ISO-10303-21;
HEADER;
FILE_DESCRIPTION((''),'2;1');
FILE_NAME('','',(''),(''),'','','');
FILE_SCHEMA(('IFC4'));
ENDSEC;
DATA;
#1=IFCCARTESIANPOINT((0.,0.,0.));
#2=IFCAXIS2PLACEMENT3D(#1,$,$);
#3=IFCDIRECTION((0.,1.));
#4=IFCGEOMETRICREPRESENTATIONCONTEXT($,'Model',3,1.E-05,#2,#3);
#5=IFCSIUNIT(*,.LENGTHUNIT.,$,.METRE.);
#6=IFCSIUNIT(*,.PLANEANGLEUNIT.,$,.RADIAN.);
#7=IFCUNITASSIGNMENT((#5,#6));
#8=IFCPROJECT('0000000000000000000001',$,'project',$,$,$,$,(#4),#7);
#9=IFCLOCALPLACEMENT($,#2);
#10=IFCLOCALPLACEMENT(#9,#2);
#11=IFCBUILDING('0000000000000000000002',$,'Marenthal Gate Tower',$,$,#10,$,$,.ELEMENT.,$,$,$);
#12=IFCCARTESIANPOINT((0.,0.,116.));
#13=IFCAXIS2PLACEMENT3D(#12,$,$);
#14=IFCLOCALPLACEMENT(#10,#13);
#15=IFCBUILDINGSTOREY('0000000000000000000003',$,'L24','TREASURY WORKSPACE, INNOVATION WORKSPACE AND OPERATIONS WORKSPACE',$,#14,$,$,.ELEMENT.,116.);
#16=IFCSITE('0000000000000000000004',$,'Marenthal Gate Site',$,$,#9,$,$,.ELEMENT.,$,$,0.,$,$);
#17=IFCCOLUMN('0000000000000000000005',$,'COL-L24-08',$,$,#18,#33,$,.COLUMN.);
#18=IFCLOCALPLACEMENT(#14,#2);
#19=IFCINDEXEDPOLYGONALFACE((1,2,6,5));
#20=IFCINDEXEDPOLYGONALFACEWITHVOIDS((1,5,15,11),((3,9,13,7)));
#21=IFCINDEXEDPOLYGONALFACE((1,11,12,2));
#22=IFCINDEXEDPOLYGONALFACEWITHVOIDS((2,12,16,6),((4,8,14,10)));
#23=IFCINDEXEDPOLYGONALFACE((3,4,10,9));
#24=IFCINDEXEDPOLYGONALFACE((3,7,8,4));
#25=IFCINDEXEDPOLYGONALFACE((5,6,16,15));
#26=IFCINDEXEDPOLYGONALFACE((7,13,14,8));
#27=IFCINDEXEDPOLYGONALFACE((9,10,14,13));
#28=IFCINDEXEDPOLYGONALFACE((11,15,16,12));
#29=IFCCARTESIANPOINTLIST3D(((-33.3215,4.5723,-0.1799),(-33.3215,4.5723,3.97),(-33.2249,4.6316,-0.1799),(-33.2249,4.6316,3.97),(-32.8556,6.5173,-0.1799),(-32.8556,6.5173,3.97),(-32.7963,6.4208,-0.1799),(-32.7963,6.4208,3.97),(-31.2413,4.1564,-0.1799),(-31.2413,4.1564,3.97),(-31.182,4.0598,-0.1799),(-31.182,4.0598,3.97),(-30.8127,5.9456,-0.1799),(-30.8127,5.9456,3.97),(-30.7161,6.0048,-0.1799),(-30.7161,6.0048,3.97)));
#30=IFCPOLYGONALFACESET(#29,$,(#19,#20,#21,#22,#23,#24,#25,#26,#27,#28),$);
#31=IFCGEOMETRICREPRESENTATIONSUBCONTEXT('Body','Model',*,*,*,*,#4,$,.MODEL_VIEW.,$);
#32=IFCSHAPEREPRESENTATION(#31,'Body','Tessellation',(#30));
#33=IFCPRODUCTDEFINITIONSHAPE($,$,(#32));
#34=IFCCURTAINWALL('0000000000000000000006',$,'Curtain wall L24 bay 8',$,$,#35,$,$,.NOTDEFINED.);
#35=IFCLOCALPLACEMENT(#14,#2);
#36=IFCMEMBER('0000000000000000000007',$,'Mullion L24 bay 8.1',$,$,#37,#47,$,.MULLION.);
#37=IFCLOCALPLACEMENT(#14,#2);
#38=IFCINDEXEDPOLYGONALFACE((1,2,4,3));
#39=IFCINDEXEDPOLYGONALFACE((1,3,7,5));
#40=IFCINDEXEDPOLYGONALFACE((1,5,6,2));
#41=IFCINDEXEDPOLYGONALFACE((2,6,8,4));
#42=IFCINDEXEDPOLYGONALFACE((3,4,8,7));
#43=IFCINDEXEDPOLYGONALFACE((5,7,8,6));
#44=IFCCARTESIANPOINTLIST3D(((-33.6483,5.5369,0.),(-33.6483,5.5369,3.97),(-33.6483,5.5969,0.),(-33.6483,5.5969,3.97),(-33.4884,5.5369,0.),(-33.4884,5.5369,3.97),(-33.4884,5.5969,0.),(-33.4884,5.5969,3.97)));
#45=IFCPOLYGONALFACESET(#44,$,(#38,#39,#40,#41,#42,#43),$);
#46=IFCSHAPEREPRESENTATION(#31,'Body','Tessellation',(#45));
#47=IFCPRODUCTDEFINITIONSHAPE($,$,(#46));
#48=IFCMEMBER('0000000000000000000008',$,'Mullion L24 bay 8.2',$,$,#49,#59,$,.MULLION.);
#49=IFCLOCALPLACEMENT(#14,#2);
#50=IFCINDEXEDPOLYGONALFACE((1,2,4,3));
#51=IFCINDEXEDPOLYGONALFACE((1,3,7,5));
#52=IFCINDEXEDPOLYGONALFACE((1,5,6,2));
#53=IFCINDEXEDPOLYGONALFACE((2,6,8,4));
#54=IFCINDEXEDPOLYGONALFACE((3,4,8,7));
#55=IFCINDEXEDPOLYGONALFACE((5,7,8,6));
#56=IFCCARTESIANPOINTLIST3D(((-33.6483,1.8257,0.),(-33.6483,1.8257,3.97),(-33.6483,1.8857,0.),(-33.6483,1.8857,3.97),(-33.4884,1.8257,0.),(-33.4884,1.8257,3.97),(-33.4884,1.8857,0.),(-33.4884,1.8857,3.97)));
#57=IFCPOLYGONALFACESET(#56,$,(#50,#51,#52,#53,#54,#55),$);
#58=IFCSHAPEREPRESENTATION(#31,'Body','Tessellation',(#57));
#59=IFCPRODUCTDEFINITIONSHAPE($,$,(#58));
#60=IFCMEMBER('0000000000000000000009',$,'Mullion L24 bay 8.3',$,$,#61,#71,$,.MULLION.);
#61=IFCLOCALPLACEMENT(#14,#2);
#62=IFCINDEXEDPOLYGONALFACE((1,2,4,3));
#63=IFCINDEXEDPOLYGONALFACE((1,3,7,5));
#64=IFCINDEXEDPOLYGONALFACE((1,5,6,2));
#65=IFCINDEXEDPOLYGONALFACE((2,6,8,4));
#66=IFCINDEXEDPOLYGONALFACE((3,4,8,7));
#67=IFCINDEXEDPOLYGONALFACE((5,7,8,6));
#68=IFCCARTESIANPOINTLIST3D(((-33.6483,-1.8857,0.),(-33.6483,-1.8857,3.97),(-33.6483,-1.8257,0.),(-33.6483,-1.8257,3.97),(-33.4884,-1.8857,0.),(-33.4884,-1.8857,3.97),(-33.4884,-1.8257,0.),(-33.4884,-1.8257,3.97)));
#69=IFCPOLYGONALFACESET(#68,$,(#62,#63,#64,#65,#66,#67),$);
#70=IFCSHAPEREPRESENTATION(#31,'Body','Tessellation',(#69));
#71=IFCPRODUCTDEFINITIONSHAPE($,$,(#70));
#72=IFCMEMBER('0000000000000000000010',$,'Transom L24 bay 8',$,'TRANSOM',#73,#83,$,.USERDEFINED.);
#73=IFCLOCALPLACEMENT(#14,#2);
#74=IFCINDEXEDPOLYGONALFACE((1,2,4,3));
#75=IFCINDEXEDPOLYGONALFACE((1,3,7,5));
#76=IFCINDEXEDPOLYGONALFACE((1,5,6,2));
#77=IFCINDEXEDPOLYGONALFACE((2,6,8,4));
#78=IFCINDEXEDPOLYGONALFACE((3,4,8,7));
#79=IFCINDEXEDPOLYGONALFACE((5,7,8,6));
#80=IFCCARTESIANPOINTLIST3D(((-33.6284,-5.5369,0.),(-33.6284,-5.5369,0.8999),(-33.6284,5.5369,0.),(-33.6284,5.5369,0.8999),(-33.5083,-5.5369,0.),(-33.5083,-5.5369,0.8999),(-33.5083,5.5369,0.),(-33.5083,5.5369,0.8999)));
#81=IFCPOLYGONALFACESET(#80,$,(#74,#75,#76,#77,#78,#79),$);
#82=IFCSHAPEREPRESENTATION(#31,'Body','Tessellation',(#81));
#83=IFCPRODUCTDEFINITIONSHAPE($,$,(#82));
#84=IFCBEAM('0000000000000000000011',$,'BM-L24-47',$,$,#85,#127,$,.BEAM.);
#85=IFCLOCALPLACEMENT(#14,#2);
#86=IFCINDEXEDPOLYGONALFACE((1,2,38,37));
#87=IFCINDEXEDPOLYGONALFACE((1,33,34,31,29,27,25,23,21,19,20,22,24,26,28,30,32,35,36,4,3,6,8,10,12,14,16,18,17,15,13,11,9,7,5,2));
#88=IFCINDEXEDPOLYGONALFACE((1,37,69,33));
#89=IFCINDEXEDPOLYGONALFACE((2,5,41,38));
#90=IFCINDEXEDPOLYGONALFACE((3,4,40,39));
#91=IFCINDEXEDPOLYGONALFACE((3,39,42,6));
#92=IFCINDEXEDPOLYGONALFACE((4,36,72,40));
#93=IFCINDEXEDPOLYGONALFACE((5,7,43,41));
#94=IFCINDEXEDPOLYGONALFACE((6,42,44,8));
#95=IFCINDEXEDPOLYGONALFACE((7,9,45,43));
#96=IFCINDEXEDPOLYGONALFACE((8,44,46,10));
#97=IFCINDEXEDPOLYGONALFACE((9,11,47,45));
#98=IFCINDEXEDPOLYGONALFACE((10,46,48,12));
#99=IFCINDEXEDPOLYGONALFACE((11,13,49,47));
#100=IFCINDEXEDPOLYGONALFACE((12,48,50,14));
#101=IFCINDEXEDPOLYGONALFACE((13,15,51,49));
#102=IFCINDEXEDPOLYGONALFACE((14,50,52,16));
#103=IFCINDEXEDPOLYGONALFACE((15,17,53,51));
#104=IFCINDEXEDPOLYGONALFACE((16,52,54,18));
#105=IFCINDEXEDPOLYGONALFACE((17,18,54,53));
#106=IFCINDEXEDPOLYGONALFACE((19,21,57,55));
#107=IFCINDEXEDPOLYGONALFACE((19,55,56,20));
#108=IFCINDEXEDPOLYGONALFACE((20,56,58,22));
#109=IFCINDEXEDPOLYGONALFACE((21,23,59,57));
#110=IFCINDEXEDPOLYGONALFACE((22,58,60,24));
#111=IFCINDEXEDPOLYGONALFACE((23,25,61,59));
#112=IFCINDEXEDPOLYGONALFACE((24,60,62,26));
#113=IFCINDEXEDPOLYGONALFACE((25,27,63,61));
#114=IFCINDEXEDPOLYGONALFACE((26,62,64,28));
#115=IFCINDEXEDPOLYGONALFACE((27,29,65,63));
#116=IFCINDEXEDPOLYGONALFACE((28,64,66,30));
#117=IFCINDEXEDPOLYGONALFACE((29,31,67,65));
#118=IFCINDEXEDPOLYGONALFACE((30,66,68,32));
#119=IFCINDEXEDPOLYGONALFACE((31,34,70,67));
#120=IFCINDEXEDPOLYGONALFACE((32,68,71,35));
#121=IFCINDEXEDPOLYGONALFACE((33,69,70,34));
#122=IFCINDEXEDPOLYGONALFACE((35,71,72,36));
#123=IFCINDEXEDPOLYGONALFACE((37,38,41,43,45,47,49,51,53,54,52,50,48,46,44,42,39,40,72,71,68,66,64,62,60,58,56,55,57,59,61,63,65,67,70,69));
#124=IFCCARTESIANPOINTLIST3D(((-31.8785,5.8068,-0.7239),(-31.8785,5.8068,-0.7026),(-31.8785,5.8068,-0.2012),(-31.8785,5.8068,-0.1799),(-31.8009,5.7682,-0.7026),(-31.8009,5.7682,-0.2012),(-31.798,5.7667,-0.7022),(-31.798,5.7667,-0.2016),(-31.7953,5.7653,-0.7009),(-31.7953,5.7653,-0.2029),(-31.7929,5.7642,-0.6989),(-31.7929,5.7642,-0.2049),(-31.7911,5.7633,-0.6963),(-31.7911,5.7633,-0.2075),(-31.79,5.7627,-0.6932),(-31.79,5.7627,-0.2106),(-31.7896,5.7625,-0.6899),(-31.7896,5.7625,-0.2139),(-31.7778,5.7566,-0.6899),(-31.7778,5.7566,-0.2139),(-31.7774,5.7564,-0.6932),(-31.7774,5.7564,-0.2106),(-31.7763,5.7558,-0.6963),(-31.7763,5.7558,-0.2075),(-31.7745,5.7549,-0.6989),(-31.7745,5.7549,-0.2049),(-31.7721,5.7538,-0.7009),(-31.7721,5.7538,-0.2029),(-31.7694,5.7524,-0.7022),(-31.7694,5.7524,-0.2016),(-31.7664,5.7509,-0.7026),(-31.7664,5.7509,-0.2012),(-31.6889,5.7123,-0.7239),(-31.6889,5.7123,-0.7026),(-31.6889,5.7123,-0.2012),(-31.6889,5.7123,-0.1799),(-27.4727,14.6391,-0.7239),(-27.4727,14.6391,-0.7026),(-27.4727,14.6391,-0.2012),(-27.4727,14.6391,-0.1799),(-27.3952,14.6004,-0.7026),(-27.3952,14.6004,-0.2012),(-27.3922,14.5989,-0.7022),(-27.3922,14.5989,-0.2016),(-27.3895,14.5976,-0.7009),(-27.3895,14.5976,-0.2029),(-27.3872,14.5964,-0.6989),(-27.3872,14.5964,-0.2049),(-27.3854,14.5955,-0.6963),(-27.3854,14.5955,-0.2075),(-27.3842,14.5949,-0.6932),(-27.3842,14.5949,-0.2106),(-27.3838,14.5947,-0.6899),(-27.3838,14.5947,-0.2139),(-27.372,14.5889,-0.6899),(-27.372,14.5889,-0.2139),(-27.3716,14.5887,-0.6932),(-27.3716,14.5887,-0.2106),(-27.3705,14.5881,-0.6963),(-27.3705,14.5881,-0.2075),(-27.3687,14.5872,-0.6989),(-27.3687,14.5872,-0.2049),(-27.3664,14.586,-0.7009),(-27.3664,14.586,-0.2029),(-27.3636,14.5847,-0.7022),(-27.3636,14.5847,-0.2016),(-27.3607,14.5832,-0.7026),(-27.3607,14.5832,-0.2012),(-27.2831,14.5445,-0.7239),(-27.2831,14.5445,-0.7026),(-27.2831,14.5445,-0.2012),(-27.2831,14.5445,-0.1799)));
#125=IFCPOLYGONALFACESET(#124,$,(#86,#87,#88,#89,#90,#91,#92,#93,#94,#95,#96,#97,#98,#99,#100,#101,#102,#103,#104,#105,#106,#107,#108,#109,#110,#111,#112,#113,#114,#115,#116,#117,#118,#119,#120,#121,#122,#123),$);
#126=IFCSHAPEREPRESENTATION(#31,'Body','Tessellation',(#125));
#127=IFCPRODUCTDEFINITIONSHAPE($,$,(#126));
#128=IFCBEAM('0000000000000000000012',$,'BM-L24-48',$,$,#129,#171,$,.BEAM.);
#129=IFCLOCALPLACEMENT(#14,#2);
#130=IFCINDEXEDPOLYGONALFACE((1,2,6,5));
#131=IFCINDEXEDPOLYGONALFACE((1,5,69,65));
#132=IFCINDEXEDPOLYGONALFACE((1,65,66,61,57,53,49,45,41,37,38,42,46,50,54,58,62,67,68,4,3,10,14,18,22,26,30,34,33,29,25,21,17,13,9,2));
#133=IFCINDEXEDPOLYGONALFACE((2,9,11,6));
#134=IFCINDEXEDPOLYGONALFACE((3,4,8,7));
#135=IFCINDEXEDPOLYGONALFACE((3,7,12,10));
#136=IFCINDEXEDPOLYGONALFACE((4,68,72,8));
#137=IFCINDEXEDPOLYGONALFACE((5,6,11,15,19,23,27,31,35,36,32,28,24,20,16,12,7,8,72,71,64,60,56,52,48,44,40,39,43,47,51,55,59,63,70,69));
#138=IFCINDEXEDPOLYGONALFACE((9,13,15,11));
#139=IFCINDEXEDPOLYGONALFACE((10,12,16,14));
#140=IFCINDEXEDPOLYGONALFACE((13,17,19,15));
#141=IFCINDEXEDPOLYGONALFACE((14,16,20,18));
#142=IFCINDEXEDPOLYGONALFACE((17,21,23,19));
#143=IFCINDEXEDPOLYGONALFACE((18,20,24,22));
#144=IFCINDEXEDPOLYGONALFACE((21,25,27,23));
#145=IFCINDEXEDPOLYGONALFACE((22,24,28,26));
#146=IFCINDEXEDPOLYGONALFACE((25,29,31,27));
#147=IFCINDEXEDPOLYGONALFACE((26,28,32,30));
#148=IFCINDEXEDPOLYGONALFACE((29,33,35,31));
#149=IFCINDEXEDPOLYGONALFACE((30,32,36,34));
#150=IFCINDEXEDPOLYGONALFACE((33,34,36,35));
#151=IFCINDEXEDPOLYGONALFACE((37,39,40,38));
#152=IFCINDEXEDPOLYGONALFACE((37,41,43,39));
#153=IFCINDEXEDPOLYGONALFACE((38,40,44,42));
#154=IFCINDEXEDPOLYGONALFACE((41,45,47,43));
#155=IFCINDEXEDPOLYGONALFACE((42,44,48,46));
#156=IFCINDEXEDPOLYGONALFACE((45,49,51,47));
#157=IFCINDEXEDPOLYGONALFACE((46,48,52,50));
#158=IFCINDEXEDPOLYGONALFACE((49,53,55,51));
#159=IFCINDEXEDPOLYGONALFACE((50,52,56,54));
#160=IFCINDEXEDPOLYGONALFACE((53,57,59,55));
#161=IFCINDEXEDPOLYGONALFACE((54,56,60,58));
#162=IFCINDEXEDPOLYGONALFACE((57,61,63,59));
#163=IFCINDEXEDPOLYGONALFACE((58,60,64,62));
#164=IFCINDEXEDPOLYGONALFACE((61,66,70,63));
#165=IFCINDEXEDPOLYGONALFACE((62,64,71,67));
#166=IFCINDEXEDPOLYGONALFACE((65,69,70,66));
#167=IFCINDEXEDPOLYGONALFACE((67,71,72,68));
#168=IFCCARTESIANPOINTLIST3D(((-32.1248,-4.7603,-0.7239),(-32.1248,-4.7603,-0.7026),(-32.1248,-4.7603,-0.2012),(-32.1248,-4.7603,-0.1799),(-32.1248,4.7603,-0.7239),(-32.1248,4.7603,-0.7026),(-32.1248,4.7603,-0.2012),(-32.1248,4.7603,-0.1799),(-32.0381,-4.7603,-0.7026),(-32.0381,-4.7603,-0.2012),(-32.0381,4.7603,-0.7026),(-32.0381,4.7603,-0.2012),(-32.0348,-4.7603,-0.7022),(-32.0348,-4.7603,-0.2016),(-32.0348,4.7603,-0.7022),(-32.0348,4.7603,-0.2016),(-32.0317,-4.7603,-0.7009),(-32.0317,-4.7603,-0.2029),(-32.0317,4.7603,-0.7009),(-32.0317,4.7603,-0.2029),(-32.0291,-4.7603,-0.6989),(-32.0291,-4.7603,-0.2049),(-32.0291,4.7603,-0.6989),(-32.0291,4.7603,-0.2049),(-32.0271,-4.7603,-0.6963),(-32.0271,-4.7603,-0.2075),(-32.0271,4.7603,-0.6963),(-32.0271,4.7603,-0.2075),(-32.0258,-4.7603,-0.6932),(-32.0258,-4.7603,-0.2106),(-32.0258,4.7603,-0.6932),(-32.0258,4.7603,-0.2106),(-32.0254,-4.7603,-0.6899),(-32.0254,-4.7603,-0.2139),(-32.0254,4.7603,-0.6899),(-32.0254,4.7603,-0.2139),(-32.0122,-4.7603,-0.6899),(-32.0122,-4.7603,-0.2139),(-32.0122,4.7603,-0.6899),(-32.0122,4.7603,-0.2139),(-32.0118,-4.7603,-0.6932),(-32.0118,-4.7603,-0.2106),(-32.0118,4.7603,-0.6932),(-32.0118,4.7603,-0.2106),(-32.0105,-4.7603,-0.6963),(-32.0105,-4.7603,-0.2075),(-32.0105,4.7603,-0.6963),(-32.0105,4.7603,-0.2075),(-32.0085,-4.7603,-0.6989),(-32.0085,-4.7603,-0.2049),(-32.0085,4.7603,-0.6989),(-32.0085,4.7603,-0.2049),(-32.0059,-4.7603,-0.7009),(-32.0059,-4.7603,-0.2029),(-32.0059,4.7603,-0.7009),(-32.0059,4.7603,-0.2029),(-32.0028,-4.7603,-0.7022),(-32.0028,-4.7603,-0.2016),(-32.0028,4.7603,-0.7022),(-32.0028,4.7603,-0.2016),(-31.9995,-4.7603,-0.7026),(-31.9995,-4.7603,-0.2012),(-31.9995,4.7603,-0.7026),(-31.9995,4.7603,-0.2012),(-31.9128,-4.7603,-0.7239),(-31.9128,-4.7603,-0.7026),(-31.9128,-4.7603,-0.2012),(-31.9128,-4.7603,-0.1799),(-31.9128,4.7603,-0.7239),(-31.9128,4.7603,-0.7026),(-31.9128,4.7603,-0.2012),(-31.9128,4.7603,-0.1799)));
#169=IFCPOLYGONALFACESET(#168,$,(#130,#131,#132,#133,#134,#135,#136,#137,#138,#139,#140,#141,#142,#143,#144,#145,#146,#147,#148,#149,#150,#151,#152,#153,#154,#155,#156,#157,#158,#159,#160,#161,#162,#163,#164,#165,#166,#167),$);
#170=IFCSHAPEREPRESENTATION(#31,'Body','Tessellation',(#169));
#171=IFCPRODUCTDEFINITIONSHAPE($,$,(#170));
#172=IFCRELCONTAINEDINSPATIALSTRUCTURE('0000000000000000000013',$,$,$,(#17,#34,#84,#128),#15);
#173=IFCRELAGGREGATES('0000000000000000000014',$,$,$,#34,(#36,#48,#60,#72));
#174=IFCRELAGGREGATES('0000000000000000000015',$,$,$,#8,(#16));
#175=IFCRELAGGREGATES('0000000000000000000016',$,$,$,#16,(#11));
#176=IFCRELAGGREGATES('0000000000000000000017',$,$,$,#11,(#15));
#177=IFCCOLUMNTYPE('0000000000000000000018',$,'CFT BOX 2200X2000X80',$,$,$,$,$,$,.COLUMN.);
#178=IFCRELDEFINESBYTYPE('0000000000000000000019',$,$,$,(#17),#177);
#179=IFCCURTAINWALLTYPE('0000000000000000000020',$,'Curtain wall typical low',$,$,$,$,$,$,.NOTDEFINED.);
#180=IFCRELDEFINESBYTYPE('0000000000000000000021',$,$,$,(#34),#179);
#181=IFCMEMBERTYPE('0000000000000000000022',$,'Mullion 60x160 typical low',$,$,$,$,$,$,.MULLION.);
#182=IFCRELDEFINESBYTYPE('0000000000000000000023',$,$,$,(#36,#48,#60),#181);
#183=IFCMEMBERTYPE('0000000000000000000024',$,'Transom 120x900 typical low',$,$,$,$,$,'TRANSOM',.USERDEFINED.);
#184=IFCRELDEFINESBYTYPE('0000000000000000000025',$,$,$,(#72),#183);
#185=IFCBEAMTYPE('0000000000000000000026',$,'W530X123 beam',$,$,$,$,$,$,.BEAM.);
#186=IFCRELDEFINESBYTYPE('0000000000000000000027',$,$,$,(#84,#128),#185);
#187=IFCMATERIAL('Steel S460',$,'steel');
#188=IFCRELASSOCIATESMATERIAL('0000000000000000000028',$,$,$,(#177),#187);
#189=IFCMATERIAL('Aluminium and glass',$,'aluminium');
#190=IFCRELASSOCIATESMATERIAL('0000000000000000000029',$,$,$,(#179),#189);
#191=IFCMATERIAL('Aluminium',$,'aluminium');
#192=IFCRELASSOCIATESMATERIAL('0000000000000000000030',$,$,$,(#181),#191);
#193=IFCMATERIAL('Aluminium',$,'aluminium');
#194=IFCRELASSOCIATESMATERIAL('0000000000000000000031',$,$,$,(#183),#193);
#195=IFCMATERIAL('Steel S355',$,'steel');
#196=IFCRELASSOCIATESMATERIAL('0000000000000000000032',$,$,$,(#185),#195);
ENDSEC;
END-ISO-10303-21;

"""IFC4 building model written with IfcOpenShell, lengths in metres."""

from ifc_helpers import new_model, si_unit, direction, frame, origin, origin_2d, place, context, subcontext, project, spatial, rectangle, hollow_rectangle, i_section, extrude, material, material_profile, profile_set, type_object, element, aggregate, save


model = new_model("IFC4")

# Units and contexts
model_context = context("Model", 3, precision=1e-05, world=origin(), true_north=direction((0.0, 1.0)))
body_context = subcontext(model_context, "Body", "Model", "MODEL_VIEW")
ifc_project = project(units=[si_unit("LENGTHUNIT", "METRE"), si_unit("PLANEANGLEUNIT", "RADIAN")], contexts=[model_context])

# Site, building, storey
site_placement = place(None, origin())
site = spatial("IfcSite", under=ifc_project, at=site_placement, Name="Marenthal Gate Site", CompositionType="ELEMENT", RefElevation=0.0)
building_placement = place(site_placement, origin())
building = spatial("IfcBuilding", under=site, at=building_placement, Name="Marenthal Gate Tower", CompositionType="ELEMENT")
storey_placement = place(building_placement, frame((0.0, 0.0, 116.0)))
storey = spatial("IfcBuildingStorey", under=building, at=storey_placement, Name="L24", Description="TREASURY WORKSPACE, INNOVATION WORKSPACE AND OPERATIONS WORKSPACE", CompositionType="ELEMENT", Elevation=116.0)

# Column
ifc_material_1 = material(Name="Steel S460", Category="steel")
ifc_material_profile_1 = material_profile(ifc_material_1, hollow_rectangle(XDim=2.0, YDim=2.2, WallThickness=0.0801, at=origin_2d()), Name="CFT BOX 2200X2000X80")
ifc_material_2 = material(Name="Concrete 70 MPa", Category="concrete")
ifc_material_profile_2 = material_profile(ifc_material_2, rectangle(XDim=1.8401, YDim=2.04, at=origin_2d()), Name="CFT BOX 2200X2000X80 INFILL")
ifc_profile_set_1 = profile_set([ifc_material_profile_1, ifc_material_profile_2], Name="Steel S460 shell, Concrete 70 MPa infill")
column_type = type_object("IfcColumnType", Name="CFT BOX 2200X2000X80", PredefinedType="COLUMN", material=ifc_profile_set_1)
column_placement = place(storey_placement, frame((-32.0188, 5.2886, -0.1799), z_axis=(0.0, 0.0, 1.0), x_axis=(0.232958, 0.972487, 0.0)))
element("IfcColumn", 1, at=column_placement, inside=storey, type_object=column_type, Name="COL-L24-08", PredefinedType="COLUMN", context=body_context, shape_type="SweptSolid", body=[
    extrude(hollow_rectangle(XDim=2.0, YDim=2.2, WallThickness=0.0801, at=origin_2d()), origin(), (0.0, 0.0, 1.0), 4.1499),
])

# Curtain wall, members
ifc_material_3 = material(Name="Aluminium and glass", Category="aluminium")
curtain_wall_type = type_object("IfcCurtainWallType", Name="Curtain wall typical low", PredefinedType="NOTDEFINED", material=ifc_material_3)
curtain_wall_placement = place(storey_placement, origin())
curtain_wall = element("IfcCurtainWall", 2, at=curtain_wall_placement, inside=storey, type_object=curtain_wall_type, Name="Curtain wall L24 bay 8", PredefinedType="NOTDEFINED")
ifc_material_4 = material(Name="Aluminium", Category="aluminium")
ifc_material_profile_3 = material_profile(ifc_material_4, rectangle(XDim=0.1599, YDim=0.0601, at=origin_2d()), Name="60x160 aluminium mullion")
ifc_profile_set_2 = profile_set([ifc_material_profile_3], Name="Aluminium")
member_type_1 = type_object("IfcMemberType", Name="Mullion 60x160 typical low", PredefinedType="MULLION", material=ifc_profile_set_2)
member_1_placement = place(storey_placement, frame((-33.5684, 5.5669, 0.0), z_axis=(0.0, 0.0, 1.0), x_axis=(1.0, 0.0, 0.0)))
member_1 = element("IfcMember", 3, at=member_1_placement, type_object=member_type_1, Name="Mullion L24 bay 8.1", PredefinedType="MULLION", context=body_context, shape_type="SweptSolid", body=[
    extrude(rectangle(XDim=0.1599, YDim=0.0601, at=origin_2d()), origin(), (0.0, 0.0, 1.0), 3.97),
])
member_2_placement = place(storey_placement, frame((-33.5684, 1.8557, 0.0), z_axis=(0.0, 0.0, 1.0), x_axis=(1.0, 0.0, 0.0)))
member_2 = element("IfcMember", 4, at=member_2_placement, type_object=member_type_1, Name="Mullion L24 bay 8.2", PredefinedType="MULLION", context=body_context, shape_type="SweptSolid", body=[
    extrude(rectangle(XDim=0.1599, YDim=0.0601, at=origin_2d()), origin(), (0.0, 0.0, 1.0), 3.97),
])
member_3_placement = place(storey_placement, frame((-33.5684, -1.8557, 0.0), z_axis=(0.0, 0.0, 1.0), x_axis=(1.0, 0.0, 0.0)))
member_3 = element("IfcMember", 5, at=member_3_placement, type_object=member_type_1, Name="Mullion L24 bay 8.3", PredefinedType="MULLION", context=body_context, shape_type="SweptSolid", body=[
    extrude(rectangle(XDim=0.1599, YDim=0.0601, at=origin_2d()), origin(), (0.0, 0.0, 1.0), 3.97),
])
ifc_material_5 = material(Name="Aluminium", Category="aluminium")
ifc_material_profile_4 = material_profile(ifc_material_5, rectangle(XDim=0.1201, YDim=0.8999, at=origin_2d()), Name="120x900 aluminium transom")
ifc_profile_set_3 = profile_set([ifc_material_profile_4], Name="Aluminium")
member_type_2 = type_object("IfcMemberType", Name="Transom 120x900 typical low", ElementType="TRANSOM", PredefinedType="USERDEFINED", material=ifc_profile_set_3)
member_4_placement = place(storey_placement, frame((-33.5684, 5.5369, 0.45), z_axis=(0.0, -1.0, 0.0), x_axis=(1.0, 0.0, 0.0)))
member_4 = element("IfcMember", 6, at=member_4_placement, type_object=member_type_2, Name="Transom L24 bay 8", ObjectType="TRANSOM", PredefinedType="USERDEFINED", context=body_context, shape_type="SweptSolid", body=[
    extrude(rectangle(XDim=0.1201, YDim=0.8999, at=origin_2d()), origin(), (0.0, 0.0, 1.0), 11.0737),
])

# Beams
ifc_material_6 = material(Name="Steel S355", Category="steel")
ifc_material_profile_5 = material_profile(ifc_material_6, i_section(OverallWidth=0.2119, OverallDepth=0.5439, WebThickness=0.0132, FlangeThickness=0.0212, FilletRadius=0.0127, at=origin_2d()), Name="W530X123")
ifc_profile_set_4 = profile_set([ifc_material_profile_5], Name="Steel S355")
beam_type_1 = type_object("IfcBeamType", Name="W530X123 beam", PredefinedType="BEAM", material=ifc_profile_set_4)
beam_1_placement = place(storey_placement, frame((-27.3779, 14.5918, -0.4519), z_axis=(-0.446372, -0.894847, 0.0), x_axis=(0.894847, -0.446372, 0.0)))
element("IfcBeam", 7, at=beam_1_placement, inside=storey, type_object=beam_type_1, Name="BM-L24-47", PredefinedType="BEAM", context=body_context, shape_type="SweptSolid", body=[
    extrude(i_section(OverallWidth=0.2119, OverallDepth=0.5439, WebThickness=0.0132, FlangeThickness=0.0212, FilletRadius=0.0127, at=origin_2d()), origin(), (0.0, 0.0, 1.0), 9.8701),
])
beam_2_placement = place(storey_placement, frame((-32.0188, 4.7603, -0.4519), z_axis=(0.0, -1.0, 0.0), x_axis=(1.0, 0.0, 0.0)))
element("IfcBeam", 8, at=beam_2_placement, inside=storey, type_object=beam_type_1, Name="BM-L24-48", PredefinedType="BEAM", context=body_context, shape_type="SweptSolid", body=[
    extrude(i_section(OverallWidth=0.2119, OverallDepth=0.5439, WebThickness=0.0132, FlangeThickness=0.0212, FilletRadius=0.0127, at=origin_2d()), origin(), (0.0, 0.0, 1.0), 9.5205),
])

aggregate(curtain_wall, [member_1, member_2, member_3, member_4])

save(model, "model.ifc")
